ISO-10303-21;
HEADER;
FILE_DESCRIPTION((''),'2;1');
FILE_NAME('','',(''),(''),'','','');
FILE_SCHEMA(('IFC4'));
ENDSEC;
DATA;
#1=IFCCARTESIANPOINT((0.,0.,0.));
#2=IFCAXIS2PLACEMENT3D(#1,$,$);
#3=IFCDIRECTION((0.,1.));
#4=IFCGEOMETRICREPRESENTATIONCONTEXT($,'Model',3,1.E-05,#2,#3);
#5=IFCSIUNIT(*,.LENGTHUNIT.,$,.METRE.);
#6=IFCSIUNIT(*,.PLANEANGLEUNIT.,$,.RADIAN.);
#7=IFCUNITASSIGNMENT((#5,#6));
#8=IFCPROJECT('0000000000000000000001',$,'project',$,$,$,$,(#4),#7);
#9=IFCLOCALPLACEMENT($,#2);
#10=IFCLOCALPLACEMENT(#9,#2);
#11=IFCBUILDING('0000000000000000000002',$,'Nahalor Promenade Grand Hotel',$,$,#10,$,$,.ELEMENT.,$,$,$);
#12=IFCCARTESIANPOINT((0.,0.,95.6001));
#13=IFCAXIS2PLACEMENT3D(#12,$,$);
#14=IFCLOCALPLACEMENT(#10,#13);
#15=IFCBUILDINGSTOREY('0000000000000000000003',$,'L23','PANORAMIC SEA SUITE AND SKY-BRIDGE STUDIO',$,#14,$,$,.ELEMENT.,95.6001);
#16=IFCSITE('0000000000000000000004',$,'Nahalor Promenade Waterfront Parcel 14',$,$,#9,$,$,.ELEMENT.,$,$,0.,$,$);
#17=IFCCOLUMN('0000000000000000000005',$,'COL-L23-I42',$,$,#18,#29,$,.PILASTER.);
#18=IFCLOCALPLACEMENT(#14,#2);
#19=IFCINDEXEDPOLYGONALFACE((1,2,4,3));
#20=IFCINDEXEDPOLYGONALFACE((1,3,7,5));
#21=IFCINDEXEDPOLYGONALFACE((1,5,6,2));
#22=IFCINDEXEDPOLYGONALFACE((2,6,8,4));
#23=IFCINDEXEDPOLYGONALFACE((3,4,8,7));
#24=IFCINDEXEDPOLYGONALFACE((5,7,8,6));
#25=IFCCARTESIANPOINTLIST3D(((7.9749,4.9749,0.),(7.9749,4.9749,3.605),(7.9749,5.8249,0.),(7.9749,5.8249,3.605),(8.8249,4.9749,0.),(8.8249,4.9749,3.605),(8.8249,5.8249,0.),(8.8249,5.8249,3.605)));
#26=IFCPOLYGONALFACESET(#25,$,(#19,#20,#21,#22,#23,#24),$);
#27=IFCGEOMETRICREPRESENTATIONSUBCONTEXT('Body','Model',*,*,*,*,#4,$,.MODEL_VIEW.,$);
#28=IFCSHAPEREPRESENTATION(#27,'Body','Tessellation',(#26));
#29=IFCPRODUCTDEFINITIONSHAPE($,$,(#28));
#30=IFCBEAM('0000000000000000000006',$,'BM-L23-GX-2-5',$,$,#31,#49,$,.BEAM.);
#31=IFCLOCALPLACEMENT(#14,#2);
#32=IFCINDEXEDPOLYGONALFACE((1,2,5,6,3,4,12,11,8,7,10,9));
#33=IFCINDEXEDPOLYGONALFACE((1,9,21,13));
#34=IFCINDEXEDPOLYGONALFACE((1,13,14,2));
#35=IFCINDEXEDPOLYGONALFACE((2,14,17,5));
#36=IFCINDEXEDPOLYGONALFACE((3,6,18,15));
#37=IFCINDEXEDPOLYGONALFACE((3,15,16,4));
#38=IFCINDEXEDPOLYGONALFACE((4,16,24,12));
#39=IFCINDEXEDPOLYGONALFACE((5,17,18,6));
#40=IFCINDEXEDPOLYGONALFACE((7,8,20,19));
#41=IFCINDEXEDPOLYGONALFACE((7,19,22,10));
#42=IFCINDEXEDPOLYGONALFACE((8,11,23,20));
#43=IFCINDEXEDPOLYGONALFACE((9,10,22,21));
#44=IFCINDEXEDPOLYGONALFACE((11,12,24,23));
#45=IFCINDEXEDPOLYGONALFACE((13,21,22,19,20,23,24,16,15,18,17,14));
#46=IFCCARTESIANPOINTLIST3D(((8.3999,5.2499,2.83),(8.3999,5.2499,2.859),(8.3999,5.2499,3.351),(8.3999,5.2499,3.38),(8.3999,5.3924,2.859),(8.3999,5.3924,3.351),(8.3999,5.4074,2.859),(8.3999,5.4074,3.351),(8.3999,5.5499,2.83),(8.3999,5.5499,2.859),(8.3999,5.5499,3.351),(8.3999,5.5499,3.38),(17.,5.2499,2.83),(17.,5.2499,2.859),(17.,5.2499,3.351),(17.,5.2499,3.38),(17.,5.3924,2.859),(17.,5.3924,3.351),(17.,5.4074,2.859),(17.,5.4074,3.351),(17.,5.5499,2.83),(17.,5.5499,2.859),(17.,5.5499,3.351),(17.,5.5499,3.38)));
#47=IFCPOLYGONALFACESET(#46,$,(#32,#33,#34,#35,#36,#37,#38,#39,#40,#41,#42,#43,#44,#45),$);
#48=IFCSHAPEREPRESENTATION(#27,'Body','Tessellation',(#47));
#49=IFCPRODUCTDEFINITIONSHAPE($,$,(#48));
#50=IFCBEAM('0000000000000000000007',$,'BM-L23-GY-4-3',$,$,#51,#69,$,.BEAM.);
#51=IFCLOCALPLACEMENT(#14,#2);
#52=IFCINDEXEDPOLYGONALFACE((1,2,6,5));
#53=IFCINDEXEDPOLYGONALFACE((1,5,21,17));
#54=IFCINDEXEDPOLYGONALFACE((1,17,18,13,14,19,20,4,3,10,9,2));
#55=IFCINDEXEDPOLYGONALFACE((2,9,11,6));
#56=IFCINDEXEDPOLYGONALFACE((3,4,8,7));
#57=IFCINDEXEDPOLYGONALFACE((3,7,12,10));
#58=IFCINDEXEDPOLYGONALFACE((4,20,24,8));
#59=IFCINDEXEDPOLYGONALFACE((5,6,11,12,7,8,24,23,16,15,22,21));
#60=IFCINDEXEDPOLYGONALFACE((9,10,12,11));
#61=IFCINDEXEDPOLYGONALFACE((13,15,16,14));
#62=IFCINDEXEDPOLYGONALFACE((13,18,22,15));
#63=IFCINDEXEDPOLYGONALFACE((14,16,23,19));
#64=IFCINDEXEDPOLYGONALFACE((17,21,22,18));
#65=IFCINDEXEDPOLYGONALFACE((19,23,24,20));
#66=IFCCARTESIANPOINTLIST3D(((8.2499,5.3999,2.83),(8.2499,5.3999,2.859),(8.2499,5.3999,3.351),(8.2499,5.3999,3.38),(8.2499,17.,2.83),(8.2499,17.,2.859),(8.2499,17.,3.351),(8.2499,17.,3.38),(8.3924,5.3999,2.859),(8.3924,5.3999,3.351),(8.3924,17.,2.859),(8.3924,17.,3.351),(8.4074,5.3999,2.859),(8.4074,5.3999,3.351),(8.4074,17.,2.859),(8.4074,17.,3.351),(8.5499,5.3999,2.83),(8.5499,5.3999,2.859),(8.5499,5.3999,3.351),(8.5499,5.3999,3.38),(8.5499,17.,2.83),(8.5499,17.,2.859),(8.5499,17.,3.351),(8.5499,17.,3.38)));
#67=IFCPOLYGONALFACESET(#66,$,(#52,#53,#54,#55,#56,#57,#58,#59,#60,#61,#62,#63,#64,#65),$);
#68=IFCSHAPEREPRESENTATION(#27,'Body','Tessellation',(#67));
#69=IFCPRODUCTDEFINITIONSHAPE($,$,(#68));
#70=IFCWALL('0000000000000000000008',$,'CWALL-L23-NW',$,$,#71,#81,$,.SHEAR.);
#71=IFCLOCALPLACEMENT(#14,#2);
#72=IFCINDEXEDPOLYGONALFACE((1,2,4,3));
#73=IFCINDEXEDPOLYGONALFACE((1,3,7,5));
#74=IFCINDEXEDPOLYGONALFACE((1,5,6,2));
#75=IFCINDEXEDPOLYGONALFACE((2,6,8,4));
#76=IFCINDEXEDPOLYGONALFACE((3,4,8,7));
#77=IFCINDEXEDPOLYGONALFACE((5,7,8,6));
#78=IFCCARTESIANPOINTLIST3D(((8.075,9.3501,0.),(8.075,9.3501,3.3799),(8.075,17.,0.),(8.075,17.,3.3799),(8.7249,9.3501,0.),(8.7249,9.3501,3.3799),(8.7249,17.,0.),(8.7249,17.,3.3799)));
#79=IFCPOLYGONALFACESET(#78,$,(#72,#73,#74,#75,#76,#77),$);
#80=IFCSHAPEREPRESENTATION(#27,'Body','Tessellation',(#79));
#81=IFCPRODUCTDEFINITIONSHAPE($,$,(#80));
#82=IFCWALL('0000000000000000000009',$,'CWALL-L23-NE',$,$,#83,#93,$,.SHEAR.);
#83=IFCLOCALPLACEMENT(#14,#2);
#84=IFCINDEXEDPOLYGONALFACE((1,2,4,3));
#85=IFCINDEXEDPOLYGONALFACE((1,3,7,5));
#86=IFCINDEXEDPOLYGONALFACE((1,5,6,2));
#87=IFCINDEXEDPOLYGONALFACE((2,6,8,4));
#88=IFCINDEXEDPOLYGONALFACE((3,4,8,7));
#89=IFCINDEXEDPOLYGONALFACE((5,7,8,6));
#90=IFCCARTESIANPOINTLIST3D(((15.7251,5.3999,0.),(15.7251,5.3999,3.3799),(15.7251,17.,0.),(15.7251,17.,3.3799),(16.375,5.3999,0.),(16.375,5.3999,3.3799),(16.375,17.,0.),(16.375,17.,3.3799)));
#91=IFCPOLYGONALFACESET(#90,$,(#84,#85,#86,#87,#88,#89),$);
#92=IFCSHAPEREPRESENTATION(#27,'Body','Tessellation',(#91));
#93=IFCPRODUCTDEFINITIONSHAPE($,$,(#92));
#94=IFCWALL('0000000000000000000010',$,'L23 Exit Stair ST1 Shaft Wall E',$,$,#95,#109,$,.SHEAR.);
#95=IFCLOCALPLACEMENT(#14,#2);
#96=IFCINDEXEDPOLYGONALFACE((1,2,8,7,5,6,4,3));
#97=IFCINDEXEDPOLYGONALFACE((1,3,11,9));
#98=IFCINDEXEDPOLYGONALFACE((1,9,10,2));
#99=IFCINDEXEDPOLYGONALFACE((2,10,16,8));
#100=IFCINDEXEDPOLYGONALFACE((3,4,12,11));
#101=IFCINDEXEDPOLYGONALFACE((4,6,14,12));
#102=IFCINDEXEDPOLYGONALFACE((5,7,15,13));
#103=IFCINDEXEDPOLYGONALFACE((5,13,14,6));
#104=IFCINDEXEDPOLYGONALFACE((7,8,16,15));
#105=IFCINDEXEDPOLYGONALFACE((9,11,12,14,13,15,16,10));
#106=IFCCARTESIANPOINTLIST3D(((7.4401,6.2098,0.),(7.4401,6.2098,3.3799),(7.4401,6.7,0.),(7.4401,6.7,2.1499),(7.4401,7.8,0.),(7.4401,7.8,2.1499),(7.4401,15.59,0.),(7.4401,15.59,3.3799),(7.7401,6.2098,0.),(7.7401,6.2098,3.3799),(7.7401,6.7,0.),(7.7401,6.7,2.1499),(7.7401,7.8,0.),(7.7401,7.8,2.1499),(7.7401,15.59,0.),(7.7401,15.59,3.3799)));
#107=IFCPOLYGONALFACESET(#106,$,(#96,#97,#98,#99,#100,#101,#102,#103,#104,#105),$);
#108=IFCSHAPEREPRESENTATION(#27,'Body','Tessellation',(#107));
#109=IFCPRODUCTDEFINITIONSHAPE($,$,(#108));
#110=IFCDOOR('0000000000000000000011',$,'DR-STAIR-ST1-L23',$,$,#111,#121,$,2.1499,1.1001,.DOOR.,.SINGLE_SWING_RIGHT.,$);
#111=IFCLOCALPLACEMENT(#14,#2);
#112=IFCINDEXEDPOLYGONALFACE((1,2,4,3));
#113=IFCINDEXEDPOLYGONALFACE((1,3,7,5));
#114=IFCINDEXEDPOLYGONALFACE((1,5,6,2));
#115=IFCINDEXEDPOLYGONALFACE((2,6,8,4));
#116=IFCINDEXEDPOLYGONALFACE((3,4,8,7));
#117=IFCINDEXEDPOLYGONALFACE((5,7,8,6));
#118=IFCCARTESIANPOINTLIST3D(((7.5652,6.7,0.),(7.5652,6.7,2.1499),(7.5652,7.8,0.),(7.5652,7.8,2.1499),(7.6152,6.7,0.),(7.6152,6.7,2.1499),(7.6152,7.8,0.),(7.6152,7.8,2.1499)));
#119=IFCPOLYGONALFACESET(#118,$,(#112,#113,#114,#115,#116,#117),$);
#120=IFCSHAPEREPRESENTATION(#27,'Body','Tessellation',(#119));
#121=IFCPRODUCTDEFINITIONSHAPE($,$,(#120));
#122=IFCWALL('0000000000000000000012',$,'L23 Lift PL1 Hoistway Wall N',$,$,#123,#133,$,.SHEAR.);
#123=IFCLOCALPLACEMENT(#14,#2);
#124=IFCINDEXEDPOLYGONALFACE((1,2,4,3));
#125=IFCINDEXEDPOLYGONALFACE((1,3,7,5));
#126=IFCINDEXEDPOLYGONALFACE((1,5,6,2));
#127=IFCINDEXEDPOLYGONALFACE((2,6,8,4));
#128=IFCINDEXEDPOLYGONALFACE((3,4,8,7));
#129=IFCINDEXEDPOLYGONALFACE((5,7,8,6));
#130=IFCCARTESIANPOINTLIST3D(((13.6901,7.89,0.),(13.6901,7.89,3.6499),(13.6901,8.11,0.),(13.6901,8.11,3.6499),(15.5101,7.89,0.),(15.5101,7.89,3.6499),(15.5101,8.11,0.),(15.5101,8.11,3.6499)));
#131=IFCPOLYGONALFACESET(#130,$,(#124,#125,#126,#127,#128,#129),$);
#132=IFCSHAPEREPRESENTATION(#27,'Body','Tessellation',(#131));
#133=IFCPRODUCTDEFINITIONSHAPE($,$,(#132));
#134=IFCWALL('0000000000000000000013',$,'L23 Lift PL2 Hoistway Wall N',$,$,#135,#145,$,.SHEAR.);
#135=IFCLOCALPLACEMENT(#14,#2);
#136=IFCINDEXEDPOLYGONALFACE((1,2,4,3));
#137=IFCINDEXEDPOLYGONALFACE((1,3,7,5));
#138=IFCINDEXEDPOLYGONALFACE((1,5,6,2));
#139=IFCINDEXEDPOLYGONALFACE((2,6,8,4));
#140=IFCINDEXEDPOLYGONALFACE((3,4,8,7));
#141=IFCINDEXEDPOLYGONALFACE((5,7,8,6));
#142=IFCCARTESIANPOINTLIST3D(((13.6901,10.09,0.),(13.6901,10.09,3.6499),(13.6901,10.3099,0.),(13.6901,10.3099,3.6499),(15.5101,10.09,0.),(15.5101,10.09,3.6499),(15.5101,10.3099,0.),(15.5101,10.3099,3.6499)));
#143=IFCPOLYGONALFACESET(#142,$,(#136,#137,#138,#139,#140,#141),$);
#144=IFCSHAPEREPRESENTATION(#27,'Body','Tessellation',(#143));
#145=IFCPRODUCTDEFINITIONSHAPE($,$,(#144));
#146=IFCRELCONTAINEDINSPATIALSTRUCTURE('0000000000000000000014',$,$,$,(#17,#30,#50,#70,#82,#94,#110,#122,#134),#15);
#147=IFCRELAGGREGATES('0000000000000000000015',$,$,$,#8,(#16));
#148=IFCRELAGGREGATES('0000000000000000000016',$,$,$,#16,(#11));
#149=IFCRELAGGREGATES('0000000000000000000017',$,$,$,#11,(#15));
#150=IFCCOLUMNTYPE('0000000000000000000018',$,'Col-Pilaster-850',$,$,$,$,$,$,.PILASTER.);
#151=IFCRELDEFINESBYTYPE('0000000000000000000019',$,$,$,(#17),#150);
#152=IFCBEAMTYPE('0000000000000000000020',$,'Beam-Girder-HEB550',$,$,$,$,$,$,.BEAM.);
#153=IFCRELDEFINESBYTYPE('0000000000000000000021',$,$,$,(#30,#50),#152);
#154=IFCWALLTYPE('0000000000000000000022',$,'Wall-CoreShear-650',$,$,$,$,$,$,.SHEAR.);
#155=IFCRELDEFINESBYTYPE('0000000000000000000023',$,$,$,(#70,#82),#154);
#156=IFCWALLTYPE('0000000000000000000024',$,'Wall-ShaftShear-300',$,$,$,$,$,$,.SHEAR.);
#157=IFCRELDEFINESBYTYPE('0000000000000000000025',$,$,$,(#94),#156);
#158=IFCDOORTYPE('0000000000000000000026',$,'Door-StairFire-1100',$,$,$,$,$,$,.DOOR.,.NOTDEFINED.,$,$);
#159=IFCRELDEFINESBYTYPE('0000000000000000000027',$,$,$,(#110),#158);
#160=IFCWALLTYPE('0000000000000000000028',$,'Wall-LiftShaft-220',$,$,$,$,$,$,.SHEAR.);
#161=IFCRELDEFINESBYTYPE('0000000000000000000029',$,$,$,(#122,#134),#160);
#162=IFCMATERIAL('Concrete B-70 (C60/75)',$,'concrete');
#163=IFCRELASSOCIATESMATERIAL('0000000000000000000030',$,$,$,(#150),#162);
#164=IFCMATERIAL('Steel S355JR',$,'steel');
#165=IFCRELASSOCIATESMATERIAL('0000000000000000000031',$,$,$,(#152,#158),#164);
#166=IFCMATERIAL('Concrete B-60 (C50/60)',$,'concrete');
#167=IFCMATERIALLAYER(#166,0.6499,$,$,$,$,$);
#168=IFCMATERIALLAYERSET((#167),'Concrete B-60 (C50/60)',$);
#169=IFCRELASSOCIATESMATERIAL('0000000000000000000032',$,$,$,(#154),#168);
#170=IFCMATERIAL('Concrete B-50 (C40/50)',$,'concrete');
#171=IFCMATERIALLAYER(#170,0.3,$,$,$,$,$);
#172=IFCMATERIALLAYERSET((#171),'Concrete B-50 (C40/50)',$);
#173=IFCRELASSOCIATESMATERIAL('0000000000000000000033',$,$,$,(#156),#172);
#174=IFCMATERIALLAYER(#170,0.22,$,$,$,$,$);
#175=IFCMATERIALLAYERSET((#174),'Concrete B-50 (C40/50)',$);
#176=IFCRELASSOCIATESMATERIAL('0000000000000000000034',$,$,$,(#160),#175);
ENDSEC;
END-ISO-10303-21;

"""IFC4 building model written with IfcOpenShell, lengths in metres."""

from ifc_helpers import new_model, si_unit, direction, frame, frame_2d, origin, origin_2d, place, context, subcontext, project, spatial, rectangle, i_section, extrude, source, transform, mapped, material, layer, layer_set, material_profile, profile_set, type_object, element, fill, save


model = new_model("IFC4")

# Units and contexts
model_context = context("Model", 3, precision=1e-05, world=origin(), true_north=direction((0.0, 1.0)))
body_context = subcontext(model_context, "Body", "Model", "MODEL_VIEW")
ifc_project = project(units=[si_unit("LENGTHUNIT", "METRE"), si_unit("PLANEANGLEUNIT", "RADIAN")], contexts=[model_context])

# Site, building, storey
site_placement = place(None, origin())
site = spatial("IfcSite", under=ifc_project, at=site_placement, Name="Nahalor Promenade Waterfront Parcel 14", CompositionType="ELEMENT", RefElevation=0.0)
building_placement = place(site_placement, origin())
building = spatial("IfcBuilding", under=site, at=building_placement, Name="Nahalor Promenade Grand Hotel", CompositionType="ELEMENT")
storey_placement = place(building_placement, frame((0.0, 0.0, 95.6001)))
storey = spatial("IfcBuildingStorey", under=building, at=storey_placement, Name="L23", Description="PANORAMIC SEA SUITE AND SKY-BRIDGE STUDIO", CompositionType="ELEMENT", Elevation=95.6001)

# Column
ifc_material_1 = material(Name="Concrete B-70 (C60/75)", Category="concrete")
ifc_material_profile_1 = material_profile(ifc_material_1, rectangle(XDim=0.85, YDim=0.85, at=origin_2d()), Name="RC 850x850")
ifc_profile_set_1 = profile_set([ifc_material_profile_1], Name="Concrete B-70 (C60/75)")
column_type = type_object("IfcColumnType", Name="Col-Pilaster-850", PredefinedType="PILASTER", material=ifc_profile_set_1)
shared_shape_1 = source(origin(), body_context, "Body", "SweptSolid", [
    extrude(rectangle(XDim=0.85, YDim=0.85, at=origin_2d()), origin(), (0.0, 0.0, 1.0), 3.605),
])
column_placement = place(storey_placement, frame((8.3999, 5.3999, 0.0), z_axis=(0.0, 0.0, 1.0), x_axis=(1.0, 0.0, 0.0)))
element("IfcColumn", 1, at=column_placement, inside=storey, type_object=column_type, Name="COL-L23-I42", PredefinedType="PILASTER", context=body_context, shape_type="MappedRepresentation", body=[
    mapped(shared_shape_1, transform((0.0, 0.0, 0.0), scale=1.0)),
])

# Beams
ifc_material_2 = material(Name="Steel S355JR", Category="steel")
ifc_material_profile_2 = material_profile(ifc_material_2, i_section(OverallWidth=0.3, OverallDepth=0.55, WebThickness=0.015, FlangeThickness=0.029, at=origin_2d()), Name="HEB 550")
ifc_profile_set_2 = profile_set([ifc_material_profile_2], Name="Steel S355JR")
beam_type = type_object("IfcBeamType", Name="Beam-Girder-HEB550", PredefinedType="BEAM", material=ifc_profile_set_2)
shared_shape_2 = source(origin(), body_context, "Body", "SweptSolid", [
    extrude(i_section(OverallWidth=0.3, OverallDepth=0.55, WebThickness=0.015, FlangeThickness=0.029, at=origin_2d()), origin(), (0.0, 0.0, 1.0), 8.6001),
])
beam_1_placement = place(storey_placement, frame((8.3999, 5.3999, 3.105), z_axis=(1.0, 0.0, 0.0), x_axis=(0.0, 1.0, 0.0)))
element("IfcBeam", 2, at=beam_1_placement, inside=storey, type_object=beam_type, Name="BM-L23-GX-2-5", PredefinedType="BEAM", context=body_context, shape_type="MappedRepresentation", body=[
    mapped(shared_shape_2, transform((0.0, 0.0, 0.0), scale=1.0)),
])
shared_shape_3 = source(origin(), body_context, "Body", "SweptSolid", [
    extrude(i_section(OverallWidth=0.3, OverallDepth=0.55, WebThickness=0.015, FlangeThickness=0.029, at=origin_2d()), origin(), (0.0, 0.0, 1.0), 11.6001),
])
beam_2_placement = place(storey_placement, frame((8.3999, 5.3999, 3.105), z_axis=(0.0, 1.0, 0.0), x_axis=(-1.0, 0.0, 0.0)))
element("IfcBeam", 3, at=beam_2_placement, inside=storey, type_object=beam_type, Name="BM-L23-GY-4-3", PredefinedType="BEAM", context=body_context, shape_type="MappedRepresentation", body=[
    mapped(shared_shape_3, transform((0.0, 0.0, 0.0), scale=1.0)),
])

# Walls
ifc_material_3 = material(Name="Concrete B-60 (C50/60)", Category="concrete")
ifc_layer_1 = layer(ifc_material_3, 0.6499)
ifc_layer_set_1 = layer_set([ifc_layer_1], Name="Concrete B-60 (C50/60)")
wall_type_1 = type_object("IfcWallType", Name="Wall-CoreShear-650", PredefinedType="SHEAR", material=ifc_layer_set_1)
shared_shape_4 = source(origin(), body_context, "Body", "SweptSolid", [
    extrude(rectangle(XDim=7.6499, YDim=0.6499, at=frame_2d((3.825, 0.0))), origin(), (0.0, 0.0, 1.0), 3.3799),
])
wall_1_placement = place(storey_placement, frame((8.3999, 9.3501, 0.0), z_axis=(0.0, 0.0, 1.0), x_axis=(0.0, 1.0, 0.0)))
element("IfcWall", 4, at=wall_1_placement, inside=storey, type_object=wall_type_1, Name="CWALL-L23-NW", PredefinedType="SHEAR", context=body_context, shape_type="MappedRepresentation", body=[
    mapped(shared_shape_4, transform((0.0, 0.0, 0.0), scale=1.0)),
])
shared_shape_5 = source(origin(), body_context, "Body", "SweptSolid", [
    extrude(rectangle(XDim=11.6001, YDim=0.6499, at=frame_2d((5.8, 0.0))), origin(), (0.0, 0.0, 1.0), 3.3799),
])
wall_2_placement = place(storey_placement, frame((16.05, 5.3999, 0.0), z_axis=(0.0, 0.0, 1.0), x_axis=(0.0, 1.0, 0.0)))
element("IfcWall", 5, at=wall_2_placement, inside=storey, type_object=wall_type_1, Name="CWALL-L23-NE", PredefinedType="SHEAR", context=body_context, shape_type="MappedRepresentation", body=[
    mapped(shared_shape_5, transform((0.0, 0.0, 0.0), scale=1.0)),
])

# Wall, opening, door
ifc_material_4 = material(Name="Concrete B-50 (C40/50)", Category="concrete")
ifc_layer_2 = layer(ifc_material_4, 0.3)
ifc_layer_set_2 = layer_set([ifc_layer_2], Name="Concrete B-50 (C40/50)")
wall_type_2 = type_object("IfcWallType", Name="Wall-ShaftShear-300", PredefinedType="SHEAR", material=ifc_layer_set_2)
shared_shape_6 = source(origin(), body_context, "Body", "SweptSolid", [
    extrude(rectangle(XDim=9.3801, YDim=0.3, at=frame_2d((4.6899, 0.0))), origin(), (0.0, 0.0, 1.0), 3.3799),
])
wall_3_placement = place(storey_placement, frame((7.5901, 6.21, 0.0), z_axis=(0.0, 0.0, 1.0), x_axis=(0.0, 1.0, 0.0)))
wall_3 = element("IfcWall", 6, at=wall_3_placement, inside=storey, type_object=wall_type_2, Name="L23 Exit Stair ST1 Shaft Wall E", PredefinedType="SHEAR", context=body_context, shape_type="MappedRepresentation", body=[
    mapped(shared_shape_6, transform((0.0, 0.0, 0.0), scale=1.0)),
])
opening_1_placement = place(wall_3_placement, frame((0.49, 0.0, 0.0)))
opening_1 = element("IfcOpeningElement", 7, at=opening_1_placement, cuts=wall_3, PredefinedType="OPENING", context=body_context, shape_type="SweptSolid", body=[
    extrude(rectangle(XDim=1.1001, YDim=2.1499, at=frame_2d((0.55, 1.075))), frame((0.0, 0.1599, 0.0), z_axis=(0.0, -1.0, 0.0), x_axis=(1.0, 0.0, 0.0)), (0.0, 0.0, 1.0), 0.3201),
])
door_type_1 = type_object("IfcDoorType", Name="Door-StairFire-1100", OperationType="NOTDEFINED", PredefinedType="DOOR", material=ifc_material_2)
shared_shape_7 = source(origin(), body_context, "Body", "SweptSolid", [
    extrude(rectangle(XDim=1.1001, YDim=2.1499, at=frame_2d((0.55, 1.075))), frame((0.0, 0.0249, 0.0), z_axis=(0.0, -1.0, 0.0), x_axis=(1.0, 0.0, 0.0)), (0.0, 0.0, 1.0), 0.05),
])
door_1_placement = place(opening_1_placement, origin())
door_1 = element("IfcDoor", 8, at=door_1_placement, inside=storey, type_object=door_type_1, Name="DR-STAIR-ST1-L23", OperationType="SINGLE_SWING_RIGHT", OverallHeight=2.1499, OverallWidth=1.1001, PredefinedType="DOOR", context=body_context, shape_type="MappedRepresentation", body=[
    mapped(shared_shape_7, transform((0.0, 0.0, 0.0), scale=1.0)),
])
fill(opening_1, door_1)

# Walls
ifc_layer_3 = layer(ifc_material_4, 0.22)
ifc_layer_set_3 = layer_set([ifc_layer_3], Name="Concrete B-50 (C40/50)")
wall_type_3 = type_object("IfcWallType", Name="Wall-LiftShaft-220", PredefinedType="SHEAR", material=ifc_layer_set_3)
shared_shape_8 = source(origin(), body_context, "Body", "SweptSolid", [
    extrude(rectangle(XDim=1.8201, YDim=0.22, at=frame_2d((0.9102, 0.0))), origin(), (0.0, 0.0, 1.0), 3.6499),
])
for number, where, z_axis, x_axis, name in (
    (9, (13.6899, 8.0, 0.0), (0.0, 0.0, 1.0), (1.0, 0.0, 0.0), "L23 Lift PL1 Hoistway Wall N"),
    (10, (13.6899, 10.2, 0.0), (0.0, 0.0, 1.0), (1.0, 0.0, 0.0), "L23 Lift PL2 Hoistway Wall N"),
):
    element("IfcWall", number, at=place(storey_placement, frame(where, z_axis=z_axis, x_axis=x_axis)), inside=storey, type_object=wall_type_3, Name=name, PredefinedType="SHEAR", context=body_context, shape_type="MappedRepresentation", body=[
        mapped(shared_shape_8, transform((0.0, 0.0, 0.0), scale=1.0)),
    ])

save(model, "model.ifc")
